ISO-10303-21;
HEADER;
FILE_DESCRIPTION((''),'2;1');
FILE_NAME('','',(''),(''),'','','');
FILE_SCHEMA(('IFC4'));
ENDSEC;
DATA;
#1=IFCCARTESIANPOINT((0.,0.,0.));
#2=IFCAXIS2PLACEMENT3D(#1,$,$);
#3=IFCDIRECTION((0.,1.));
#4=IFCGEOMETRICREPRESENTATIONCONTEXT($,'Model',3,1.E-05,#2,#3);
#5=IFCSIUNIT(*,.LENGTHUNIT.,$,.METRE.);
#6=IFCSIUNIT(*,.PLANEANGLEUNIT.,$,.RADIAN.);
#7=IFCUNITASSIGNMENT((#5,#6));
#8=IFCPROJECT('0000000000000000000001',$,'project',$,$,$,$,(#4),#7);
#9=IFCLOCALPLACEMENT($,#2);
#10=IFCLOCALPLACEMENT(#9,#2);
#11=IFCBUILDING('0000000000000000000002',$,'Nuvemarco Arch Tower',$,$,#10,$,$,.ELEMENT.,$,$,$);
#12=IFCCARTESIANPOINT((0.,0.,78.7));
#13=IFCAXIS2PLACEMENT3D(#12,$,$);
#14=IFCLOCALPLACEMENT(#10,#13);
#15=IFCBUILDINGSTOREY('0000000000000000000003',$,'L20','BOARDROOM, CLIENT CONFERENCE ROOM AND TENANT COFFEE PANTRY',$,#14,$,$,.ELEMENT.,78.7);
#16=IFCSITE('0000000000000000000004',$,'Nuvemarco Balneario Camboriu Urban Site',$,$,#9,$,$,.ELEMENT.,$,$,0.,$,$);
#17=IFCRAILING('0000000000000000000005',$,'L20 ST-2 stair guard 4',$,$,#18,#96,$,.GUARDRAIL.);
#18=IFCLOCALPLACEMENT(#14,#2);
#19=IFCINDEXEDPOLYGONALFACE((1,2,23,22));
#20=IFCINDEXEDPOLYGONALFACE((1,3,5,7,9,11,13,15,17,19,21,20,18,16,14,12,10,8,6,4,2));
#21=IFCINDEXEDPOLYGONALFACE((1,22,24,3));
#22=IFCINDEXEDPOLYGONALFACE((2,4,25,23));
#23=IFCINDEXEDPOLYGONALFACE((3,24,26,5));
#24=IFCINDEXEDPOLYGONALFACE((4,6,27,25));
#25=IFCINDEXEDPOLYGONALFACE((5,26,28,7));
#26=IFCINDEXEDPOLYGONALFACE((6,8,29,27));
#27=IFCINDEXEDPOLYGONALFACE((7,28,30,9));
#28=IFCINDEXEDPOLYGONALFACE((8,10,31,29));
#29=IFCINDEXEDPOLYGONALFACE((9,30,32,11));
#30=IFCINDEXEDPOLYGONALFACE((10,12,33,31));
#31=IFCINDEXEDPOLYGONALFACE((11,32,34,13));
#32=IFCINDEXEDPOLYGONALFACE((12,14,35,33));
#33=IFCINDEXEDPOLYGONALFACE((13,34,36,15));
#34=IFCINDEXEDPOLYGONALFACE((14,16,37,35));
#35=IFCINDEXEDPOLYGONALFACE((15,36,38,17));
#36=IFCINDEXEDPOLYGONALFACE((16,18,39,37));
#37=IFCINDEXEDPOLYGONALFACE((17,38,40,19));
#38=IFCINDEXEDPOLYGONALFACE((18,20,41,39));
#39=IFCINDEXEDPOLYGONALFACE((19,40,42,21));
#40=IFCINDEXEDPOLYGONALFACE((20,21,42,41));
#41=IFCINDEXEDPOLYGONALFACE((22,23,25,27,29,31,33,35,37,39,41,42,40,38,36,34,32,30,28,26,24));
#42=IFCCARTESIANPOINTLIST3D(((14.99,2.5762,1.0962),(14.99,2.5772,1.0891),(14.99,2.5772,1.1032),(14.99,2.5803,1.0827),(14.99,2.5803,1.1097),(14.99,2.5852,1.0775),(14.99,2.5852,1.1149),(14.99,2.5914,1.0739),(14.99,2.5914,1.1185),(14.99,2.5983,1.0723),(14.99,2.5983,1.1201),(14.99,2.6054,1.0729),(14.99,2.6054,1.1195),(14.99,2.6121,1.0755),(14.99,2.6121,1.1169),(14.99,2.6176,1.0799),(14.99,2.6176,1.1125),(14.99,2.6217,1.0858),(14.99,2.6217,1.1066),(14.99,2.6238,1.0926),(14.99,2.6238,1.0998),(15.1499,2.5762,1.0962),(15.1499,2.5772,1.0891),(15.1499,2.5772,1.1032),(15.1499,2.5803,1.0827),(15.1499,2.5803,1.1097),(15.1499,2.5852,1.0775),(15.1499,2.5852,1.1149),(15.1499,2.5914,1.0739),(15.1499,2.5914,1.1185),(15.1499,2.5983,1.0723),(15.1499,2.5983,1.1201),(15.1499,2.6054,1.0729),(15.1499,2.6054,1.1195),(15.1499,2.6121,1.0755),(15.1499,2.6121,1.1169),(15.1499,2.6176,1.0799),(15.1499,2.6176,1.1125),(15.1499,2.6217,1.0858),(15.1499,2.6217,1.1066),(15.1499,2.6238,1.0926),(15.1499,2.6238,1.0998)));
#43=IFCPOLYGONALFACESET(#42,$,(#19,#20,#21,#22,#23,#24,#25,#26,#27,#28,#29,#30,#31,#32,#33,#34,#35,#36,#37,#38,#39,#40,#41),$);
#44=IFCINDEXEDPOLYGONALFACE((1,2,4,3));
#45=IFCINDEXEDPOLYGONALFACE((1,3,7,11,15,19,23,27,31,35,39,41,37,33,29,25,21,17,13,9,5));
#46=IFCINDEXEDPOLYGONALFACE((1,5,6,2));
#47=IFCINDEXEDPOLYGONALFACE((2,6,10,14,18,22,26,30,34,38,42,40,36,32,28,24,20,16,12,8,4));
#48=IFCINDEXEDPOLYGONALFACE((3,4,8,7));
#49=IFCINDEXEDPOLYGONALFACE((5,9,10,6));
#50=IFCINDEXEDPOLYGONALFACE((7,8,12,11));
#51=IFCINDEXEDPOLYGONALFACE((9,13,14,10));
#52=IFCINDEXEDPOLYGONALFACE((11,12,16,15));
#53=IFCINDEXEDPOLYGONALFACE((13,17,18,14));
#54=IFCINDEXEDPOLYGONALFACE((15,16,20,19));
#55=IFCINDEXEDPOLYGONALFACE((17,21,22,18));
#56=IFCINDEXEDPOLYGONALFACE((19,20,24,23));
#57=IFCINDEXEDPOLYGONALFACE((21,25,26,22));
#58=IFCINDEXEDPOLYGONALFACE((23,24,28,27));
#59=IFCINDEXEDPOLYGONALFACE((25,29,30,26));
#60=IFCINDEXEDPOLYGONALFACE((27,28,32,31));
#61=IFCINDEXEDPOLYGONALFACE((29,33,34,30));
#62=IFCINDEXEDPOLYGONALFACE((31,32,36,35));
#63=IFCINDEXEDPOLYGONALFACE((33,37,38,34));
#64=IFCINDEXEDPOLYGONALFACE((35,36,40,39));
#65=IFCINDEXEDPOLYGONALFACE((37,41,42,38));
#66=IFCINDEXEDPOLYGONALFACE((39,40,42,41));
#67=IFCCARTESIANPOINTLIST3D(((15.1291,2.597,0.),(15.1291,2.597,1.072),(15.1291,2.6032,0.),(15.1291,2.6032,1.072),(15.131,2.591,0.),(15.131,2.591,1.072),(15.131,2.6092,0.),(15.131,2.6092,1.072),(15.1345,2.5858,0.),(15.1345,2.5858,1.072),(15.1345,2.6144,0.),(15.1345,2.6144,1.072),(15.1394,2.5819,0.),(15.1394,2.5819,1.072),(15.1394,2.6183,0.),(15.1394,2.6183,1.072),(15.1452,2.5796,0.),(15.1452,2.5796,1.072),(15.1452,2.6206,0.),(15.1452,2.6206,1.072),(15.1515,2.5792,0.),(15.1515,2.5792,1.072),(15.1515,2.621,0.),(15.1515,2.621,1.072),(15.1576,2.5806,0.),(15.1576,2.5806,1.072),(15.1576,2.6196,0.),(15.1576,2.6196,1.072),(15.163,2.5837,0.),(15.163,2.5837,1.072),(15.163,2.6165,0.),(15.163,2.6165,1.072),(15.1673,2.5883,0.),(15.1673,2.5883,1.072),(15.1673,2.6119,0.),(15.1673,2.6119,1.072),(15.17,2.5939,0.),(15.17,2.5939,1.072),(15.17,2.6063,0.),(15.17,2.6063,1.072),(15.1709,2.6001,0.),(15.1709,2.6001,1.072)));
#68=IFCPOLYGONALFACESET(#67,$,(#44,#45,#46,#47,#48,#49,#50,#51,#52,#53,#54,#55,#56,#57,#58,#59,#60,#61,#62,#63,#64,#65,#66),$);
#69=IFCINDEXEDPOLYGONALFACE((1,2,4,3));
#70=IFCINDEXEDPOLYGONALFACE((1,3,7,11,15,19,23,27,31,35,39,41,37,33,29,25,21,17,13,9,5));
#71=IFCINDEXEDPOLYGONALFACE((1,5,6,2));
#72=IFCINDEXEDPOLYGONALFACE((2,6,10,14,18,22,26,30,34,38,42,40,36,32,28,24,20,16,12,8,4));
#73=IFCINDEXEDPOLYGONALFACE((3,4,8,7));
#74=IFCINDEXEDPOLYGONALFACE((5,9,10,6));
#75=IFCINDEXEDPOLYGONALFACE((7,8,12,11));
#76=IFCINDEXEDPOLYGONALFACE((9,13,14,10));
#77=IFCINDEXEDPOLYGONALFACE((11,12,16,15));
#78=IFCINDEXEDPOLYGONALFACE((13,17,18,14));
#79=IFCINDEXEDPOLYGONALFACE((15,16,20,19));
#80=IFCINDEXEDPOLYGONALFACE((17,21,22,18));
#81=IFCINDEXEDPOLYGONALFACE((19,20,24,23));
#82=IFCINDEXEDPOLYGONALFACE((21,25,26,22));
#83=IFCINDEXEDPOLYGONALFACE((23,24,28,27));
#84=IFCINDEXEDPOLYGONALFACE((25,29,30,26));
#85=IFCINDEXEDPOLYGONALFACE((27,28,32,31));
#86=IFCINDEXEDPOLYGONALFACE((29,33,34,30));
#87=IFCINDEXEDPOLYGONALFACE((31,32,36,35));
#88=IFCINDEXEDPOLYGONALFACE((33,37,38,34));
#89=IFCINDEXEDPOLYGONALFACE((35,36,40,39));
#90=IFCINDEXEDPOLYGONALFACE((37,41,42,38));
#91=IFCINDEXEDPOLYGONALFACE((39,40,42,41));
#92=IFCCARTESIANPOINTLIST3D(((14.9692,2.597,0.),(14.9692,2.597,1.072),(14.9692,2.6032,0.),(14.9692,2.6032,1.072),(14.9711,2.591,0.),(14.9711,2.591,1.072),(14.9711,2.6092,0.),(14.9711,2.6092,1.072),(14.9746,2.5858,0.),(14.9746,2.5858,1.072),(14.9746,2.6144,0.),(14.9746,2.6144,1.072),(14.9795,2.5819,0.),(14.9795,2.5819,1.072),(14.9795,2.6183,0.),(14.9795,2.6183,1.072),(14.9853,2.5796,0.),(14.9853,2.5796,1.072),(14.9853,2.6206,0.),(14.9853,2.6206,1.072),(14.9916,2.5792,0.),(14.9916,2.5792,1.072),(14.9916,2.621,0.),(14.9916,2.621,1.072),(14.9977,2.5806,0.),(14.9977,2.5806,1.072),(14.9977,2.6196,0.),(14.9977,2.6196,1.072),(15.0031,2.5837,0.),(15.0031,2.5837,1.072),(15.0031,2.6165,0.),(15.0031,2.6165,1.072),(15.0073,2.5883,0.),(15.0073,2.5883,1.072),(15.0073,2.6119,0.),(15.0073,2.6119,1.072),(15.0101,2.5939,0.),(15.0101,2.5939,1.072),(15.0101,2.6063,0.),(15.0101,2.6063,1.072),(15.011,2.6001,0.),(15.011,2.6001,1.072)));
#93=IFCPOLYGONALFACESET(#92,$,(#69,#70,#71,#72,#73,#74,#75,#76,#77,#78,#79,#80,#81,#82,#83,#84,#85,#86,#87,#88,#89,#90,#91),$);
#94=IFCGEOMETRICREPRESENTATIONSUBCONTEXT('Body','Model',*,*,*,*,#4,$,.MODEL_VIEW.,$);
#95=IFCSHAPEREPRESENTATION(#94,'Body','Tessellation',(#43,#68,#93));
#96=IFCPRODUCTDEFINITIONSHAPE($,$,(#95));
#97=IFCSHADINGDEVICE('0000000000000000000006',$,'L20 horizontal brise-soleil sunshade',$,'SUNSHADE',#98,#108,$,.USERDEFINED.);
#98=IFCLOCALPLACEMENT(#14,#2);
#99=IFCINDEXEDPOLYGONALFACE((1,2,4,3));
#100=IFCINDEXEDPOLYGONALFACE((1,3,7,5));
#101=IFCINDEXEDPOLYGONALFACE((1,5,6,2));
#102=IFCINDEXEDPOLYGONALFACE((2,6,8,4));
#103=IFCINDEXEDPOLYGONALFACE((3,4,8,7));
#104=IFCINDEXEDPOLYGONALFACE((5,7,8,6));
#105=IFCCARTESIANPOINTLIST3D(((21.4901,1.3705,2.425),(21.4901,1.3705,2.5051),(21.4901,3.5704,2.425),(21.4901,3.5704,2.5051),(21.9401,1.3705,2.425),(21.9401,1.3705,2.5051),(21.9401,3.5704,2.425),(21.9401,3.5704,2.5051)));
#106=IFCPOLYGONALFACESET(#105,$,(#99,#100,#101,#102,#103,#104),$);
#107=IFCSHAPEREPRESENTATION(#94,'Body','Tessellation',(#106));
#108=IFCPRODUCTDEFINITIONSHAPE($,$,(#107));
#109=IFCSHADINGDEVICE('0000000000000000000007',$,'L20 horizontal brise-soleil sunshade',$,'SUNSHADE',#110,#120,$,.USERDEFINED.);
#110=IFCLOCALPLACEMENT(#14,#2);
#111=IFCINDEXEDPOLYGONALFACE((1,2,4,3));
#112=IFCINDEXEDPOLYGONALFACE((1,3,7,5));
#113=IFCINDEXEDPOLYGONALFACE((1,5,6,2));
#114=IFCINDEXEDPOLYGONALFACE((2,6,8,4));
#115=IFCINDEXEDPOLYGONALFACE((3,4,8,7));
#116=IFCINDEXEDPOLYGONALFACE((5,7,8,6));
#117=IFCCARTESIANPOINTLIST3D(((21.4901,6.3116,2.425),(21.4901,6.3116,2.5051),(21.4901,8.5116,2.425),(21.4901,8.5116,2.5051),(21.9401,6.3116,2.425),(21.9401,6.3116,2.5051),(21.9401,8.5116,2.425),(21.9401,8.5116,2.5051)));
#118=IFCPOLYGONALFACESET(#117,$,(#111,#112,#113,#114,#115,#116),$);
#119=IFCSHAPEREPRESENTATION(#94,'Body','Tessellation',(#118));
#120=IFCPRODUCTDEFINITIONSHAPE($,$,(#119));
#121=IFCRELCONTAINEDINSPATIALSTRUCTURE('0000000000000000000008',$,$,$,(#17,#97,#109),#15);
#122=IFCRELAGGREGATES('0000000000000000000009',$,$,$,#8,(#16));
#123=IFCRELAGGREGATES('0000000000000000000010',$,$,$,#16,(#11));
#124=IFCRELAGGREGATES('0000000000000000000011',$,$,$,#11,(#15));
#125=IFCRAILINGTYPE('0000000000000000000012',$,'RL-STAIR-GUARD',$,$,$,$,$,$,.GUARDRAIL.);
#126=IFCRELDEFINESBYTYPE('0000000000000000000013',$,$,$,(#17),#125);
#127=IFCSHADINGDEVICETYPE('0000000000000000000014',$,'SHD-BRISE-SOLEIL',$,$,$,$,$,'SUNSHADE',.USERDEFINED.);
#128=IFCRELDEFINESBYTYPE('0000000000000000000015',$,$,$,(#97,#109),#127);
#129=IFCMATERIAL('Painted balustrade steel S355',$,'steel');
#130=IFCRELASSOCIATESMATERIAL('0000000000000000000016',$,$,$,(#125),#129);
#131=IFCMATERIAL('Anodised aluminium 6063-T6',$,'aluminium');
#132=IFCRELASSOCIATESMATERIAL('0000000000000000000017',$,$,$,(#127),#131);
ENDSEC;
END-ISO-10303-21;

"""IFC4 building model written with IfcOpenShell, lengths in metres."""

from ifc_helpers import new_model, si_unit, direction, frame, origin, origin_2d, place, context, subcontext, project, spatial, rectangle, circle, extrude, source, transform, mapped, material, type_object, type_shapes, element, save


model = new_model("IFC4")

# Units and contexts
model_context = context("Model", 3, precision=1e-05, world=origin(), true_north=direction((0.0, 1.0)))
body_context = subcontext(model_context, "Body", "Model", "MODEL_VIEW")
ifc_project = project(units=[si_unit("LENGTHUNIT", "METRE"), si_unit("PLANEANGLEUNIT", "RADIAN")], contexts=[model_context])

# Site, building, storey
site_placement = place(None, origin())
site = spatial("IfcSite", under=ifc_project, at=site_placement, Name="Nuvemarco Balneario Camboriu Urban Site", CompositionType="ELEMENT", RefElevation=0.0)
building_placement = place(site_placement, origin())
building = spatial("IfcBuilding", under=site, at=building_placement, Name="Nuvemarco Arch Tower", CompositionType="ELEMENT")
storey_placement = place(building_placement, frame((0.0, 0.0, 78.7)))
storey = spatial("IfcBuildingStorey", under=building, at=storey_placement, Name="L20", Description="BOARDROOM, CLIENT CONFERENCE ROOM AND TENANT COFFEE PANTRY", CompositionType="ELEMENT", Elevation=78.7)

# Railing
ifc_material_1 = material(Name="Painted balustrade steel S355", Category="steel")
railing_type_1 = type_object("IfcRailingType", Name="RL-STAIR-GUARD", PredefinedType="GUARDRAIL", material=ifc_material_1)
railing_1_placement = place(storey_placement, frame((15.1499, 2.6001, 0.0)))
element("IfcRailing", 1, at=railing_1_placement, inside=storey, type_object=railing_type_1, Name="L20 ST-2 stair guard 4", PredefinedType="GUARDRAIL", context=body_context, shape_type="SweptSolid", body=[
    extrude(circle(Radius=0.0239, at=origin_2d()), frame((0.0, 0.0, 1.0962), z_axis=(-1.0, 0.0, 0.0), x_axis=(0.0, -1.0, 0.0)), (0.0, 0.0, 1.0), 0.1599),
    extrude(circle(Radius=0.021, at=origin_2d()), origin(), (0.0, 0.0, 1.0), 1.072),
    extrude(circle(Radius=0.021, at=origin_2d()), frame((-0.1599, 0.0, 0.0)), (0.0, 0.0, 1.0), 1.072),
])

# Shading devices
ifc_material_2 = material(Name="Anodised aluminium 6063-T6", Category="aluminium")
shading_device_type = type_object("IfcShadingDeviceType", Name="SHD-BRISE-SOLEIL", ElementType="SUNSHADE", PredefinedType="USERDEFINED", material=ifc_material_2)
shared_shape_1 = source(origin(), body_context, "Body", "SweptSolid", [
    extrude(rectangle(XDim=2.2, YDim=0.45, at=origin_2d()), origin(), (0.0, 0.0, 1.0), 0.0801),
])
type_shapes(shading_device_type, [shared_shape_1])
for number, where, z_axis, x_axis, name in (
    (2, (21.7151, 2.4705, 2.425), (0.0, 0.0, 1.0), (0.0, 1.0, 0.0), "L20 horizontal brise-soleil sunshade"),
    (3, (21.7151, 7.4116, 2.425), (0.0, 0.0, 1.0), (0.0, 1.0, 0.0), "L20 horizontal brise-soleil sunshade"),
):
    element("IfcShadingDevice", number, at=place(storey_placement, frame(where, z_axis=z_axis, x_axis=x_axis)), inside=storey, type_object=shading_device_type, Name=name, ObjectType="SUNSHADE", PredefinedType="USERDEFINED", context=body_context, shape_type="MappedRepresentation", body=[
        mapped(shared_shape_1, transform((0.0, 0.0, 0.0), scale=1.0)),
    ])

save(model, "model.ifc")
